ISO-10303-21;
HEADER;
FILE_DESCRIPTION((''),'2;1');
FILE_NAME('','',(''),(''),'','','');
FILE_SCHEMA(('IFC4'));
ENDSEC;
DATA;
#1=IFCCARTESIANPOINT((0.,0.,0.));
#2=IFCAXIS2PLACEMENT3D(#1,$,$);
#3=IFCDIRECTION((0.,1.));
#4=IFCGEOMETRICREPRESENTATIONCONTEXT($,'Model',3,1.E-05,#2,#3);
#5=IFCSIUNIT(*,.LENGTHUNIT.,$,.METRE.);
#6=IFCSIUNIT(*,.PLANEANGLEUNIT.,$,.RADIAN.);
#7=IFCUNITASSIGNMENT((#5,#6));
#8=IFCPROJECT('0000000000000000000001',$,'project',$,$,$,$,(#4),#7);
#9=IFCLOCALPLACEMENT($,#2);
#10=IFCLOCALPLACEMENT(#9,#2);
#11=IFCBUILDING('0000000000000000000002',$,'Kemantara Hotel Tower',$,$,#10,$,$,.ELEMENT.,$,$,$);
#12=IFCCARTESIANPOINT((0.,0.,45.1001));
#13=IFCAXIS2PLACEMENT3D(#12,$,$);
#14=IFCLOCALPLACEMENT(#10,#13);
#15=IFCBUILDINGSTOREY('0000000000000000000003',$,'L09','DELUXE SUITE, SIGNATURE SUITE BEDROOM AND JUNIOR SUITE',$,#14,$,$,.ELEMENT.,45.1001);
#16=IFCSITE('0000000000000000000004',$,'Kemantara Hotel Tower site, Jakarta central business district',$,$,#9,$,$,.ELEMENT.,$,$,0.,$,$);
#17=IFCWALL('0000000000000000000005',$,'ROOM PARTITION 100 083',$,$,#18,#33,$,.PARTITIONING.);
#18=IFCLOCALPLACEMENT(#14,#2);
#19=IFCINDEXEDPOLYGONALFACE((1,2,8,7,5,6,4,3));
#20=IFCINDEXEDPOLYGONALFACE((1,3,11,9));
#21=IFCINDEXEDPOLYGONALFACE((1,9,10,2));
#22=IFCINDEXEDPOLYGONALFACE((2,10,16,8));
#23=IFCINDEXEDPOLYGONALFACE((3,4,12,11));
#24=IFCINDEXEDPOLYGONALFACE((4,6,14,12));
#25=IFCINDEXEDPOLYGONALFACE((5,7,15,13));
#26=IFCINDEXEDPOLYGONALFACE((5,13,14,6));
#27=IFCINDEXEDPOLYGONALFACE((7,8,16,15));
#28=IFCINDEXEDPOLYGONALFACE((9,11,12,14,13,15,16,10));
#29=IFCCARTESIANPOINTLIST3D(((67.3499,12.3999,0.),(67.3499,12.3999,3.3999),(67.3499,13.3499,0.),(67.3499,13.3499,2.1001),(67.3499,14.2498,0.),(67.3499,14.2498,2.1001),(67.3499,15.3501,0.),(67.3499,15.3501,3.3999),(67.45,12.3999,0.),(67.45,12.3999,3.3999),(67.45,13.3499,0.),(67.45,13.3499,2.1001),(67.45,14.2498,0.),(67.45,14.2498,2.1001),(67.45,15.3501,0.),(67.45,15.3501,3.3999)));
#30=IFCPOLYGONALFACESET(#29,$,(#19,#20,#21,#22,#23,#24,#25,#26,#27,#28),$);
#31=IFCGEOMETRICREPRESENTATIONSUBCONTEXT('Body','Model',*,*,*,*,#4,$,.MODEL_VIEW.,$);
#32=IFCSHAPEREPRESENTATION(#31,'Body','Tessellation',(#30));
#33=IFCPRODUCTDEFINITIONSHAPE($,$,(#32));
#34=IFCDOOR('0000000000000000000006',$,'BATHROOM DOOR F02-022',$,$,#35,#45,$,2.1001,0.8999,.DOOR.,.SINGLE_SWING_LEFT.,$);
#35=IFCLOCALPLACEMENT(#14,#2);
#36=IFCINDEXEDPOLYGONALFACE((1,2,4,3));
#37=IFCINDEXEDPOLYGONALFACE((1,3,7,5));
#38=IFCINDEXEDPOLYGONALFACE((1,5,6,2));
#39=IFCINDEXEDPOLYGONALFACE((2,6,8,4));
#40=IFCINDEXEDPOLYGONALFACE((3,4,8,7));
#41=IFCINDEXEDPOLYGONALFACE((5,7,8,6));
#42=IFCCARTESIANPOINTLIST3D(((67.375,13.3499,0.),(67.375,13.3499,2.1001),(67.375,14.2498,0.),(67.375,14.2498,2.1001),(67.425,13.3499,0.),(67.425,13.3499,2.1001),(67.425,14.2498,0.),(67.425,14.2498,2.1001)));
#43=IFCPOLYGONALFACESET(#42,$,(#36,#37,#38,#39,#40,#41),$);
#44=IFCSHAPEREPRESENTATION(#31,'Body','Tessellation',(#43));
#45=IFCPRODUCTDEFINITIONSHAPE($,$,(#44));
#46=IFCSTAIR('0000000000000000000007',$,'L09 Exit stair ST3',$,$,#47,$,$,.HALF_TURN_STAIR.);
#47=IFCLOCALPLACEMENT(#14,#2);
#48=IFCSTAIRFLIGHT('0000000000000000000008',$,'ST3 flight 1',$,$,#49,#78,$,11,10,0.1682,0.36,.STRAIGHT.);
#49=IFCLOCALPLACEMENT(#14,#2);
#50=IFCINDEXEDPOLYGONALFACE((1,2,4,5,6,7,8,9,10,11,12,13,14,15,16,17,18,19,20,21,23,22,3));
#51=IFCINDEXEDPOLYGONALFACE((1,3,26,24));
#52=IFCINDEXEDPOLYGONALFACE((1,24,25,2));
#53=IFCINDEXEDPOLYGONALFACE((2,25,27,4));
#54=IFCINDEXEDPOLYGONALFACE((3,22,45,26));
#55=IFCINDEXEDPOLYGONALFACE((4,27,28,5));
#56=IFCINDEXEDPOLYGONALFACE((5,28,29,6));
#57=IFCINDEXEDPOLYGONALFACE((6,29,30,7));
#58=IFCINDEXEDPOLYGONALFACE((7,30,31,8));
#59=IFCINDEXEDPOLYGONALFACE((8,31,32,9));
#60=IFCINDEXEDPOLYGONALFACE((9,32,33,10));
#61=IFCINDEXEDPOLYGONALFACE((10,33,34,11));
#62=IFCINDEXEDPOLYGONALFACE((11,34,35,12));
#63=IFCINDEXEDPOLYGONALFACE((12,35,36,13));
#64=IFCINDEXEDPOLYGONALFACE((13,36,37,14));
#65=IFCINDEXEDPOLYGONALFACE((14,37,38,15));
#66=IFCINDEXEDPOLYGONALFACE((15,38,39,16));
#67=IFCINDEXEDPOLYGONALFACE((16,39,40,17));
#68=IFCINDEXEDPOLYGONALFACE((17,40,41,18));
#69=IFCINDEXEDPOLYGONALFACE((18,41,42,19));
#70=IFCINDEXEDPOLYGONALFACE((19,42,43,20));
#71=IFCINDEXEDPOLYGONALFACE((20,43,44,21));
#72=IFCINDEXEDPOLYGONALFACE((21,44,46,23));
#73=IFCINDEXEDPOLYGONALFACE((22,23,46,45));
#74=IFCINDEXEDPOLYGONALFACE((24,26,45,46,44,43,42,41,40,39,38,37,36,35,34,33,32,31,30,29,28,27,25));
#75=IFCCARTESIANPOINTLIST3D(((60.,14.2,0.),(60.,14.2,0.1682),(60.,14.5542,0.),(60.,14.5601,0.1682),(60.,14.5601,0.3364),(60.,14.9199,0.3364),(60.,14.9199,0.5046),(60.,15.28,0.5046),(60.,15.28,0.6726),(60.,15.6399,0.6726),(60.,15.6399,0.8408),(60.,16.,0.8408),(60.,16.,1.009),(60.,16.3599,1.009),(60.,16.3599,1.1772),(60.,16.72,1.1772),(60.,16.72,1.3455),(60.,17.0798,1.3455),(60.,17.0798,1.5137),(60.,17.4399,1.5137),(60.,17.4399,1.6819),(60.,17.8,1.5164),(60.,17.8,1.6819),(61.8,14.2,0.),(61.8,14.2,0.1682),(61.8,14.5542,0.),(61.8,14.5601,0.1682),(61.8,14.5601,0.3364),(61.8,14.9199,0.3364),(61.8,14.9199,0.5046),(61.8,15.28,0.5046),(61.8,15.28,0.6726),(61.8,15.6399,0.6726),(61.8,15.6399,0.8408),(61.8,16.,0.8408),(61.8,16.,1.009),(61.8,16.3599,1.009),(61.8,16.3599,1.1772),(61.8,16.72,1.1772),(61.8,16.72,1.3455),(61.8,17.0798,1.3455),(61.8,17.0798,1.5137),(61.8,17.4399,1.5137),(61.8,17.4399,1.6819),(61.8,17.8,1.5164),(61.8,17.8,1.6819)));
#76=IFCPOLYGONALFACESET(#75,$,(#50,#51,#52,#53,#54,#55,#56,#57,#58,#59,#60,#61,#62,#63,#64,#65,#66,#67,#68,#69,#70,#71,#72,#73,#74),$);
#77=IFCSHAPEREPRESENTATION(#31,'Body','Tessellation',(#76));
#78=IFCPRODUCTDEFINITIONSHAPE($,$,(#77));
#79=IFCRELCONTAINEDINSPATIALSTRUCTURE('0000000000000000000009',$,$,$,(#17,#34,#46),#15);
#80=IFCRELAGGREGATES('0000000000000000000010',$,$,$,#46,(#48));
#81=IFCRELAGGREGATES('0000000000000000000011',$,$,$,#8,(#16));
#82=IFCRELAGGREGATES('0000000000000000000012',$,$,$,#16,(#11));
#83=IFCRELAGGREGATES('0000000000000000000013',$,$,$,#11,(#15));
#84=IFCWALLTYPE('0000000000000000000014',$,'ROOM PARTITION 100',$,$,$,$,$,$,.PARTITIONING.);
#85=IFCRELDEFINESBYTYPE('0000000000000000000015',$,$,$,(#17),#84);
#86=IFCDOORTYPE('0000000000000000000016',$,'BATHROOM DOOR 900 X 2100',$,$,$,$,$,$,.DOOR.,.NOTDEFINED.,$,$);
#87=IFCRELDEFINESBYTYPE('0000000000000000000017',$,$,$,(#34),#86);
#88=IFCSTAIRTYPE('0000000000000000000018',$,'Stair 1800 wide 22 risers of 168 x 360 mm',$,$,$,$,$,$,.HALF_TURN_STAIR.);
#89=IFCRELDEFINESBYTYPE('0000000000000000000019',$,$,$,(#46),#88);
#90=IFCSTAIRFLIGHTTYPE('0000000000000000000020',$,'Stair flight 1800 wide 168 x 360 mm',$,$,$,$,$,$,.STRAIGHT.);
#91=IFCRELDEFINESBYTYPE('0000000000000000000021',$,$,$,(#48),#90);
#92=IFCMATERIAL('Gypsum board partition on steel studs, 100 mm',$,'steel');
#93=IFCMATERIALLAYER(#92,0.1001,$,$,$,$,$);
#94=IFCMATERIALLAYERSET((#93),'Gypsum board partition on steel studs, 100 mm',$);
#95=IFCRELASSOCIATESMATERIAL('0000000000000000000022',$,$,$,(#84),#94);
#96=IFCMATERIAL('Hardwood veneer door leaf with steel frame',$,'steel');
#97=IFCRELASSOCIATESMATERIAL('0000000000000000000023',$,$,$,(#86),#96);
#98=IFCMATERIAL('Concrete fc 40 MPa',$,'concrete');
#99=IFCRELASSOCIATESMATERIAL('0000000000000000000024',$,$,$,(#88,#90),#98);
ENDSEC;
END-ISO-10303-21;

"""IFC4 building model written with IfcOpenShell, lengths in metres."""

from ifc_helpers import new_model, si_unit, direction, frame, frame_2d, origin, place, context, subcontext, project, spatial, polyline, rectangle, outline, extrude, material, layer, layer_set, type_object, element, fill, aggregate, save


model = new_model("IFC4")

# Units and contexts
model_context = context("Model", 3, precision=1e-05, world=origin(), true_north=direction((0.0, 1.0)))
body_context = subcontext(model_context, "Body", "Model", "MODEL_VIEW")
ifc_project = project(units=[si_unit("LENGTHUNIT", "METRE"), si_unit("PLANEANGLEUNIT", "RADIAN")], contexts=[model_context])

# Site, building, storey
site_placement = place(None, origin())
site = spatial("IfcSite", under=ifc_project, at=site_placement, Name="Kemantara Hotel Tower site, Jakarta central business district", CompositionType="ELEMENT", RefElevation=0.0)
building_placement = place(site_placement, origin())
building = spatial("IfcBuilding", under=site, at=building_placement, Name="Kemantara Hotel Tower", CompositionType="ELEMENT")
storey_placement = place(building_placement, frame((0.0, 0.0, 45.1001)))
storey = spatial("IfcBuildingStorey", under=building, at=storey_placement, Name="L09", Description="DELUXE SUITE, SIGNATURE SUITE BEDROOM AND JUNIOR SUITE", CompositionType="ELEMENT", Elevation=45.1001)

# Shared definitions
ifc_material_1 = material(Name="Hardwood veneer door leaf with steel frame", Category="steel")

# Shared definitions
ifc_material_2 = material(Name="Concrete fc 40 MPa", Category="concrete")

# Shared definitions
ifc_material_3 = material(Name="Gypsum board partition on steel studs, 100 mm", Category="steel")
ifc_layer_1 = layer(ifc_material_3, 0.1001)
ifc_layer_set_1 = layer_set([ifc_layer_1], Name="Gypsum board partition on steel studs, 100 mm")
wall_type_1 = type_object("IfcWallType", Name="ROOM PARTITION 100", PredefinedType="PARTITIONING", material=ifc_layer_set_1)

# Wall, opening, door
wall_1_placement = place(storey_placement, frame((67.3999, 12.3999, 0.0), z_axis=(0.0, 0.0, 1.0), x_axis=(0.0, 1.0, 0.0)))
wall_1 = element("IfcWall", 1, at=wall_1_placement, inside=storey, type_object=wall_type_1, Name="ROOM PARTITION 100 083", PredefinedType="PARTITIONING", context=body_context, shape_type="SweptSolid", body=[
    extrude(rectangle(XDim=2.9502, YDim=0.1001, at=frame_2d((1.4751, 0.0))), origin(), (0.0, 0.0, 1.0), 3.3999),
])
opening_1_placement = place(wall_1_placement, frame((0.95, 0.0, 0.0)))
opening_1 = element("IfcOpeningElement", 2, at=opening_1_placement, cuts=wall_1, PredefinedType="OPENING", context=body_context, shape_type="SweptSolid", body=[
    extrude(rectangle(XDim=0.8999, YDim=2.1001, at=frame_2d((0.45, 1.05))), frame((0.0, 0.0601, 0.0), z_axis=(0.0, -1.0, 0.0), x_axis=(1.0, 0.0, 0.0)), (0.0, 0.0, 1.0), 0.1201),
])
door_type_1 = type_object("IfcDoorType", Name="BATHROOM DOOR 900 X 2100", OperationType="NOTDEFINED", PredefinedType="DOOR", material=ifc_material_1)
door_1_placement = place(opening_1_placement, origin())
door_1 = element("IfcDoor", 3, at=door_1_placement, inside=storey, type_object=door_type_1, Name="BATHROOM DOOR F02-022", OperationType="SINGLE_SWING_LEFT", OverallHeight=2.1001, OverallWidth=0.8999, PredefinedType="DOOR", context=body_context, shape_type="SweptSolid", body=[
    extrude(rectangle(XDim=0.8999, YDim=2.1001, at=frame_2d((0.45, 1.05))), frame((0.0, 0.0249, 0.0), z_axis=(0.0, -1.0, 0.0), x_axis=(1.0, 0.0, 0.0)), (0.0, 0.0, 1.0), 0.05),
])
fill(opening_1, door_1)

# Stair, stair flight
stair_type = type_object("IfcStairType", Name="Stair 1800 wide 22 risers of 168 x 360 mm", PredefinedType="HALF_TURN_STAIR", material=ifc_material_2)
stair_placement = place(storey_placement, origin())
stair = element("IfcStair", 4, at=stair_placement, inside=storey, type_object=stair_type, Name="L09 Exit stair ST3", PredefinedType="HALF_TURN_STAIR")
stair_flight_type = type_object("IfcStairFlightType", Name="Stair flight 1800 wide 168 x 360 mm", PredefinedType="STRAIGHT", material=ifc_material_2)
stair_flight_placement = place(storey_placement, frame((60.8999, 14.2, 0.0), z_axis=(0.0, 0.0, 1.0), x_axis=(0.0, 1.0, 0.0)))
stair_flight = element("IfcStairFlight", 5, at=stair_flight_placement, type_object=stair_flight_type, Name="ST3 flight 1", NumberOfRisers=11, NumberOfTreads=10, PredefinedType="STRAIGHT", RiserHeight=0.1682, TreadLength=0.36, context=body_context, shape_type="SweptSolid", body=[
    extrude(outline(polyline([(0.0, 0.0), (0.0, 0.1682), (0.3601, 0.1682), (0.3601, 0.3364), (0.72, 0.3364), (0.72, 0.5046), (1.0801, 0.5046), (1.0801, 0.6726), (1.4399, 0.6726), (1.4399, 0.8408), (1.8, 0.8408), (1.8, 1.009), (2.1599, 1.009), (2.1599, 1.1772), (2.52, 1.1772), (2.52, 1.3455), (2.8799, 1.3455), (2.8799, 1.5137), (3.24, 1.5137), (3.24, 1.6819), (3.6001, 1.6819), (3.6001, 1.8501), (3.6001, 1.5164), (0.3542, 0.0), (0.0, 0.0)])), frame((0.0, 0.8999, 0.0), z_axis=(0.0, -1.0, 0.0), x_axis=(1.0, 0.0, 0.0)), (0.0, 0.0, 1.0), 1.8),
])
aggregate(stair, [stair_flight])

save(model, "model.ifc")
